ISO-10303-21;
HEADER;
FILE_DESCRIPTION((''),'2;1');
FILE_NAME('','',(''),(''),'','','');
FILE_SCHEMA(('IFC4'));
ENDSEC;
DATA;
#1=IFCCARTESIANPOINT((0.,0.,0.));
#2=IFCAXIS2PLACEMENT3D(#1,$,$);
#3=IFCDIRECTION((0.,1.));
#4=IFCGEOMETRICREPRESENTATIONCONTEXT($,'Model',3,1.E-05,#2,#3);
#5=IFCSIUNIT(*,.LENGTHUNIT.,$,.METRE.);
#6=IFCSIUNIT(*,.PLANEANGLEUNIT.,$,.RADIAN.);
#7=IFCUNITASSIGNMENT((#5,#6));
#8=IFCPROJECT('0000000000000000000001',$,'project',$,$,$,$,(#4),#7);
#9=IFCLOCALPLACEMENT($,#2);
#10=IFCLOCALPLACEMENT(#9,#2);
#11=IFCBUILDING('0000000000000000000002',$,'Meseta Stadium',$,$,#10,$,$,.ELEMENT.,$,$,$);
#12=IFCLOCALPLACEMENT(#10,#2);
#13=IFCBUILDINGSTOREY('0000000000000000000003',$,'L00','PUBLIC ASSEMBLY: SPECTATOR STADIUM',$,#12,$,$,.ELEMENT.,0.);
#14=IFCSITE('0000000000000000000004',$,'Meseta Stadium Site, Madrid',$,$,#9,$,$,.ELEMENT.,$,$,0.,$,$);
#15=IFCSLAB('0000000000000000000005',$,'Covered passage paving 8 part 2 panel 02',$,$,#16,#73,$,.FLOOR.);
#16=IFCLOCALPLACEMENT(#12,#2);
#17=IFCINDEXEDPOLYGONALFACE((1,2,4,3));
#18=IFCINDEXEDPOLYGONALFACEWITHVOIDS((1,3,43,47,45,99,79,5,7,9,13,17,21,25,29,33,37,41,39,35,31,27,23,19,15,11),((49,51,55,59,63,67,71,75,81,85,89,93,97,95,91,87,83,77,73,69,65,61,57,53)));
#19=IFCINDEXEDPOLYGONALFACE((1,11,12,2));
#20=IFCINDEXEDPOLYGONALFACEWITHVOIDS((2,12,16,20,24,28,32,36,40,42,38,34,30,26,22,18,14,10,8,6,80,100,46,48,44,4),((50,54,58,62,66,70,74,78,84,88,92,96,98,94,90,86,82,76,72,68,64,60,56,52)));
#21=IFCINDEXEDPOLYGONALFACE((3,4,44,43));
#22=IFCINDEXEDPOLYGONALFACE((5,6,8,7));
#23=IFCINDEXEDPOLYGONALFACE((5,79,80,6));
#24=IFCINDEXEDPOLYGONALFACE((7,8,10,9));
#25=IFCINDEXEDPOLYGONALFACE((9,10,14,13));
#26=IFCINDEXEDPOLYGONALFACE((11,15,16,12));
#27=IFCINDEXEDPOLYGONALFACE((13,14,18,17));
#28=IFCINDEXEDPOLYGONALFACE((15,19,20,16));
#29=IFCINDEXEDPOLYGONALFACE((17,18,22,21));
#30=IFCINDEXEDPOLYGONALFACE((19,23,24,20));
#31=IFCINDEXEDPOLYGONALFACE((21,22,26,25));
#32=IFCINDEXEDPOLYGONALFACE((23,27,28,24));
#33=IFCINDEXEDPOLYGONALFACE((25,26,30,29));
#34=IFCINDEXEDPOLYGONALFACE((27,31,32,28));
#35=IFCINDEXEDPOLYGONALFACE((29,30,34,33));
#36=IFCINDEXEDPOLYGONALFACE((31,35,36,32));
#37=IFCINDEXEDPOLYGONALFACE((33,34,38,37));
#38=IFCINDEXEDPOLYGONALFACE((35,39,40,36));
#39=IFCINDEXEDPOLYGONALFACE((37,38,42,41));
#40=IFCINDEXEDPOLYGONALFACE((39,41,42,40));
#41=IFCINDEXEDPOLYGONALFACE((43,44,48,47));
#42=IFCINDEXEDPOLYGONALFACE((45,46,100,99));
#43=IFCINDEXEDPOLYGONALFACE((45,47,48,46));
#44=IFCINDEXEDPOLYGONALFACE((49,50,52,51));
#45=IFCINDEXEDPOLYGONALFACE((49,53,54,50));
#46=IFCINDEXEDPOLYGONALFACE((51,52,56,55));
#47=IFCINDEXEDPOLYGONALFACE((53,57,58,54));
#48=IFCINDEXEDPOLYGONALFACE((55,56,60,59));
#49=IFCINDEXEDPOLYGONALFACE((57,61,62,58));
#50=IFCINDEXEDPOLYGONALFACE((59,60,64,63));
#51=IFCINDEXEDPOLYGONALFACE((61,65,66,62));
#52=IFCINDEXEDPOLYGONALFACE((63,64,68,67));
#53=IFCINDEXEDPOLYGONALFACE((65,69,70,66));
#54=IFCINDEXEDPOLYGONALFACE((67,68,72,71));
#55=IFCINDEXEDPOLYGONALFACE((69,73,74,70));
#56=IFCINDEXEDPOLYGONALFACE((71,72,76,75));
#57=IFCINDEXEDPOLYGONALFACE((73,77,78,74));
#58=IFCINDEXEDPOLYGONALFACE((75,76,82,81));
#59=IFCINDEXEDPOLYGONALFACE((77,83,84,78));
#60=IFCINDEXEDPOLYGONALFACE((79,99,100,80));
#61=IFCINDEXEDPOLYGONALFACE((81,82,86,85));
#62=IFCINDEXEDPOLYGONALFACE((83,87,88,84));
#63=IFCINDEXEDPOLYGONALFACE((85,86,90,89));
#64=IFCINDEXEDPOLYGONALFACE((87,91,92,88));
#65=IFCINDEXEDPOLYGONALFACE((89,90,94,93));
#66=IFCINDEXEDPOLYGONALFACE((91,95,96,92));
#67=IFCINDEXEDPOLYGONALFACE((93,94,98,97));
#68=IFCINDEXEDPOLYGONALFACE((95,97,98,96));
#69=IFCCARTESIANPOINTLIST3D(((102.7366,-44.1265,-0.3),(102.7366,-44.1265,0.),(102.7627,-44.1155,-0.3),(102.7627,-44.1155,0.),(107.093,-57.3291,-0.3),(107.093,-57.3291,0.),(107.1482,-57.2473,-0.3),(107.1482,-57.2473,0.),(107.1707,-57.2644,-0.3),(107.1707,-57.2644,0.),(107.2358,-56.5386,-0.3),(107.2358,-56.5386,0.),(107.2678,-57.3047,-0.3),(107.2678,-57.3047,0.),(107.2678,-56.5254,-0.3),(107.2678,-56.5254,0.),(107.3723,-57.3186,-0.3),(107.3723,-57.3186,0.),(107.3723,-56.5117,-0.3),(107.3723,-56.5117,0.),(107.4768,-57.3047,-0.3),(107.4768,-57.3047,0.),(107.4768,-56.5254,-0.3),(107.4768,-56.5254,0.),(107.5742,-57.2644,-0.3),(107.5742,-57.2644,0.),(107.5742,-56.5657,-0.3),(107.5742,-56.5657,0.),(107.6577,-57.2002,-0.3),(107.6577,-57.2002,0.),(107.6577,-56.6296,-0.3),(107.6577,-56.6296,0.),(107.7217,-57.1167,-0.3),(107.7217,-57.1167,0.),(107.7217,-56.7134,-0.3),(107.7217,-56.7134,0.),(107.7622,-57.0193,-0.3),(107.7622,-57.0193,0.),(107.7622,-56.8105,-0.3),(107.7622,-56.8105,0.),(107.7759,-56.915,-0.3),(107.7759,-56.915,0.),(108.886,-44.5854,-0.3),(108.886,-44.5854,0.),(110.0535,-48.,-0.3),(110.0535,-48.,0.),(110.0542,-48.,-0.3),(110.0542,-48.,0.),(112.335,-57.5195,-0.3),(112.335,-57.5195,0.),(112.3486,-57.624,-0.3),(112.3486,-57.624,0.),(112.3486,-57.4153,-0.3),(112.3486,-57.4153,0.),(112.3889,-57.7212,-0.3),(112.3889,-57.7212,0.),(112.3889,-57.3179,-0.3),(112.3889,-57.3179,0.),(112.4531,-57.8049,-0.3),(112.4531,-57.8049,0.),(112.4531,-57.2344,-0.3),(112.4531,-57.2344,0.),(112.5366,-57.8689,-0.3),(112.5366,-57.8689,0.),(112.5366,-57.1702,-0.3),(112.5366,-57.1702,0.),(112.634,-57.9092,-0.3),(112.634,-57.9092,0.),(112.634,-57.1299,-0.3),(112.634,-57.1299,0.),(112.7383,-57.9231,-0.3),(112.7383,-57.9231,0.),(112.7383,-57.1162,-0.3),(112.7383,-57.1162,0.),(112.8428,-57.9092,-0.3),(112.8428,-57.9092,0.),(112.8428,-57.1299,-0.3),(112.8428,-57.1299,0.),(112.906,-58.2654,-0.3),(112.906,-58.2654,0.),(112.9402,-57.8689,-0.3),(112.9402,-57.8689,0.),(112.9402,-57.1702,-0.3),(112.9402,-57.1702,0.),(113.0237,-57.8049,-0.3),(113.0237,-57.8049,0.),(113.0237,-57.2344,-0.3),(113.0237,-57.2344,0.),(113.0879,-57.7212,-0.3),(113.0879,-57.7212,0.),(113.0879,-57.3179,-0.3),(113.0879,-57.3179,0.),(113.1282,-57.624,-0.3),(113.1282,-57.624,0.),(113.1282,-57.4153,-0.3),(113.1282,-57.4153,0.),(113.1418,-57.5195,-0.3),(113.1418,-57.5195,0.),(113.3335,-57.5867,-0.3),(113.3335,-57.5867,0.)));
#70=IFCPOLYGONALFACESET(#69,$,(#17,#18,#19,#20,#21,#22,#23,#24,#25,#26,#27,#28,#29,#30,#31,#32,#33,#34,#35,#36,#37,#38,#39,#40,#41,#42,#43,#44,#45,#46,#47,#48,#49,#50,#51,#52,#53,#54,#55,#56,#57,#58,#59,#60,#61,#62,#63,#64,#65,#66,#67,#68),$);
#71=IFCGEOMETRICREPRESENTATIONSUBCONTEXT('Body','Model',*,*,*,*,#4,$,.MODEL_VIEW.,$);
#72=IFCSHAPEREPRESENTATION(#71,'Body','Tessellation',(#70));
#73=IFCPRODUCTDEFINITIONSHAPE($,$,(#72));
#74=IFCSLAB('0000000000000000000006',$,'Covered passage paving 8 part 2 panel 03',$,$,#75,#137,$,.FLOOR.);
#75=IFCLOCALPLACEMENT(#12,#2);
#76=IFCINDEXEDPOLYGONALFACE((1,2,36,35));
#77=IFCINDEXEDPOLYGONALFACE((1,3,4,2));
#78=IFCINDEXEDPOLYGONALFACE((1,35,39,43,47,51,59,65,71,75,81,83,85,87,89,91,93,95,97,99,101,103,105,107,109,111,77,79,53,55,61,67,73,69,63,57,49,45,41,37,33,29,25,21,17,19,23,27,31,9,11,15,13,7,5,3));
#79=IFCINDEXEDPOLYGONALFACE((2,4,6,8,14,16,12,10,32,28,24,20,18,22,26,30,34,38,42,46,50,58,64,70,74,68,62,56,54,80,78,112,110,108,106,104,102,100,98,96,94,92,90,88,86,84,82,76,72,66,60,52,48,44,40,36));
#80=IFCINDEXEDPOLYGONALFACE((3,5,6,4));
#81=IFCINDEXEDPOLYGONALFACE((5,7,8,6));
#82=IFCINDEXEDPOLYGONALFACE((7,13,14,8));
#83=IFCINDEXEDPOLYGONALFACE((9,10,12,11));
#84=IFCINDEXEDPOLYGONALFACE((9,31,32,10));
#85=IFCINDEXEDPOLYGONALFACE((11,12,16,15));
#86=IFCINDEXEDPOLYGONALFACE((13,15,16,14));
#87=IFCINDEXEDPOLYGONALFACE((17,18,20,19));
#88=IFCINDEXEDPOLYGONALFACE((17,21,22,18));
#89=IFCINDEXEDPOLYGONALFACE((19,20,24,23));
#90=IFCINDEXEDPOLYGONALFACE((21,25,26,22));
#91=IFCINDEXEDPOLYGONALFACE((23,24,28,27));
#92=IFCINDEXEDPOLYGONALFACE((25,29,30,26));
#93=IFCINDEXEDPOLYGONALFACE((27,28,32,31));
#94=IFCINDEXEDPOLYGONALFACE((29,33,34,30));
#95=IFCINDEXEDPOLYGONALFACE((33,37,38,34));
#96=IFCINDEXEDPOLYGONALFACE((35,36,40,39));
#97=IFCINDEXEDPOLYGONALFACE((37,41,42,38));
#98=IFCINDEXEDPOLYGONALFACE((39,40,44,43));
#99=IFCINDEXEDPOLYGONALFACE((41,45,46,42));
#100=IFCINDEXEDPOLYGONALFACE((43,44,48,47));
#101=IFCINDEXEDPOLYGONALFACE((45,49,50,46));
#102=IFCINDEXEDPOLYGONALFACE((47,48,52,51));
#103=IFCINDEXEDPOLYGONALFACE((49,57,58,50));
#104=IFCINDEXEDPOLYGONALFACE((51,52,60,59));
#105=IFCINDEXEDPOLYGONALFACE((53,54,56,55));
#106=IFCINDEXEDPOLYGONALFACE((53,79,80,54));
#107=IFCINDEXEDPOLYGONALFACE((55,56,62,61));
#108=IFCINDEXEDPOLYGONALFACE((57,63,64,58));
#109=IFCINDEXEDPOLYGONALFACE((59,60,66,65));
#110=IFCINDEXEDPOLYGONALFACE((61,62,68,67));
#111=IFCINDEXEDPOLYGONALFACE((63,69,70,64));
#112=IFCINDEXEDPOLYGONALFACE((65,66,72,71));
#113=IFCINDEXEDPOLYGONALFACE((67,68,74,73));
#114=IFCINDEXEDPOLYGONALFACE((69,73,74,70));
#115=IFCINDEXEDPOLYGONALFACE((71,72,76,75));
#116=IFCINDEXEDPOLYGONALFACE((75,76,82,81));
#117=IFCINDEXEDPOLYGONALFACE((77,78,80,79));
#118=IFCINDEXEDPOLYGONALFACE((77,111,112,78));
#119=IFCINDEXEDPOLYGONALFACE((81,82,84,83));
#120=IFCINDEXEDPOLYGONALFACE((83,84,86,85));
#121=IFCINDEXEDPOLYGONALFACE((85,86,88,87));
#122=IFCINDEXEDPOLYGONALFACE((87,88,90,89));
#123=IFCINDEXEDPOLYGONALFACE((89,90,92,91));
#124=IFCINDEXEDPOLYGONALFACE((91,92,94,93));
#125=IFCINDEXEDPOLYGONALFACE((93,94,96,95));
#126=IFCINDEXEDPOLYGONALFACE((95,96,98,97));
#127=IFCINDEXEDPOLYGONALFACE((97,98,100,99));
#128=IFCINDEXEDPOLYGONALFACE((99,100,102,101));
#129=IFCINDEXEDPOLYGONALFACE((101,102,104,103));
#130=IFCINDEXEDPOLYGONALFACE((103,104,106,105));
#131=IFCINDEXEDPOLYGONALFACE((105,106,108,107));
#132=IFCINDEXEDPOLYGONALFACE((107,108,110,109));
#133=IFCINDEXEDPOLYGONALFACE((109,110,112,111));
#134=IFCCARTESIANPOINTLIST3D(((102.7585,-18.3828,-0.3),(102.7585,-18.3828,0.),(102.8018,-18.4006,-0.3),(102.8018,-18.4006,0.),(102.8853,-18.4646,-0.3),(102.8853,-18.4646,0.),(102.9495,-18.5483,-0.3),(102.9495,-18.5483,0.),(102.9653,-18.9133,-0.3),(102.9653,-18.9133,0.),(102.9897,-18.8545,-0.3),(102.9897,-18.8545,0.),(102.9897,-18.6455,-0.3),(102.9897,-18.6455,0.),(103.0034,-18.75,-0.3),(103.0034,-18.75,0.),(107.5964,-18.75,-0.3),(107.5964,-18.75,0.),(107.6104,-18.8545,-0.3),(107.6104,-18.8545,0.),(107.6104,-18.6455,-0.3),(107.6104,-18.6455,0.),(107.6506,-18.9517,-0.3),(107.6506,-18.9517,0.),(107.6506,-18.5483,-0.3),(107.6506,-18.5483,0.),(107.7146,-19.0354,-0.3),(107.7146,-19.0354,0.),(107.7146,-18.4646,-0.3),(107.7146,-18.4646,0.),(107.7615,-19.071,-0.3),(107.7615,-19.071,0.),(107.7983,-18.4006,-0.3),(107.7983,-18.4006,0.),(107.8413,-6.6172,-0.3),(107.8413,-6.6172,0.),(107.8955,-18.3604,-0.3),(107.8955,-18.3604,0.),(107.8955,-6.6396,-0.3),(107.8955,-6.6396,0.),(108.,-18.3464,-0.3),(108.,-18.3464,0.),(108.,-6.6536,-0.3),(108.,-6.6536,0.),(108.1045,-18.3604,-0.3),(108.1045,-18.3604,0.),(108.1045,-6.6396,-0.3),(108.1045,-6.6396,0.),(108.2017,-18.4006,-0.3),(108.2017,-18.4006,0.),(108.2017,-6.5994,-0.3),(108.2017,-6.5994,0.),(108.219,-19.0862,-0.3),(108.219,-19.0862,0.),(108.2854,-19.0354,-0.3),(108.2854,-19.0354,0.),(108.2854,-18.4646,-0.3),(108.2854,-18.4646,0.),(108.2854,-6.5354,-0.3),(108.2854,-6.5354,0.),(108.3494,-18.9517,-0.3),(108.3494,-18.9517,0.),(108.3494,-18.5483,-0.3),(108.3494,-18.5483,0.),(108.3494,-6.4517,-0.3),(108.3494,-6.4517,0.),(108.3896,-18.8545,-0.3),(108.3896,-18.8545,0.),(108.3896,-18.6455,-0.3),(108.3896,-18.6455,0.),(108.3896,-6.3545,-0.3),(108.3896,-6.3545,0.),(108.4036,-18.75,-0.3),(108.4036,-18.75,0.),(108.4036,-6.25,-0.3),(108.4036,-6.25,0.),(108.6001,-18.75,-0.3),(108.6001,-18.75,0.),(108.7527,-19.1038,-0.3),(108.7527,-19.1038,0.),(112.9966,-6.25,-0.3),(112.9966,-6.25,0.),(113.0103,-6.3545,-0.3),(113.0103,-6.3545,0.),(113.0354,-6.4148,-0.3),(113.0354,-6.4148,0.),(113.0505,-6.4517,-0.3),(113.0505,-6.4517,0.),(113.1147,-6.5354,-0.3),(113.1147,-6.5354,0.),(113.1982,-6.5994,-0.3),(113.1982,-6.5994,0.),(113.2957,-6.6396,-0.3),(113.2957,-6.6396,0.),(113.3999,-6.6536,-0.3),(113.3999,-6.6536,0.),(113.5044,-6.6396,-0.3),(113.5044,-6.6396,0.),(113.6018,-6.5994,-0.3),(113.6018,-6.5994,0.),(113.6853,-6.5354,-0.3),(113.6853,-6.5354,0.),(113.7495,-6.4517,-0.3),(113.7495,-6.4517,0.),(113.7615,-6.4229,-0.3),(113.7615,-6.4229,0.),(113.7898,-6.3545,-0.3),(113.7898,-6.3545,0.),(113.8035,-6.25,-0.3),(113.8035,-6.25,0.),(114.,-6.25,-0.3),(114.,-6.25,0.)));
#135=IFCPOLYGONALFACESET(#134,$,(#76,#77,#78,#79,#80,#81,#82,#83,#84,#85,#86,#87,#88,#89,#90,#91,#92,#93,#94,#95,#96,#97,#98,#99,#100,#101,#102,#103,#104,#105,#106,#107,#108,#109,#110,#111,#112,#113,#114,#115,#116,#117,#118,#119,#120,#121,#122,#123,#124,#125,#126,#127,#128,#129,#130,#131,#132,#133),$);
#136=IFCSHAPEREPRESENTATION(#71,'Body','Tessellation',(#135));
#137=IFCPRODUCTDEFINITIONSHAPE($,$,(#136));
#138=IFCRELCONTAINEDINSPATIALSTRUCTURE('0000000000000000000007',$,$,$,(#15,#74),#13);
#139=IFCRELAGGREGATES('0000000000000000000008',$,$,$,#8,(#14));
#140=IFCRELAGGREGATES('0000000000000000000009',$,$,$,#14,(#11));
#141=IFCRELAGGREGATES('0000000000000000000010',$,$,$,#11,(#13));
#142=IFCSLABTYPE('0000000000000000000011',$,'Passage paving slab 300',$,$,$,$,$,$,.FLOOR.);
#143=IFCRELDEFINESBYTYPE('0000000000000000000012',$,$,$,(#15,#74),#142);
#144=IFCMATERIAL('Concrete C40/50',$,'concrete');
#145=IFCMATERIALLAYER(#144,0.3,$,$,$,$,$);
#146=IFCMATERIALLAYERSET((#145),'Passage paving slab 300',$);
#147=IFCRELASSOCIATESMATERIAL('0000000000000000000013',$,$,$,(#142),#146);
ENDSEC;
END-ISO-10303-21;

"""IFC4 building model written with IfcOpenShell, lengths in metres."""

from ifc_helpers import new_model, si_unit, direction, frame, origin, place, context, subcontext, project, spatial, polyline, outline, extrude, material, layer, layer_set, type_object, element, save


model = new_model("IFC4")

# Units and contexts
model_context = context("Model", 3, precision=1e-05, world=origin(), true_north=direction((0.0, 1.0)))
body_context = subcontext(model_context, "Body", "Model", "MODEL_VIEW")
ifc_project = project(units=[si_unit("LENGTHUNIT", "METRE"), si_unit("PLANEANGLEUNIT", "RADIAN")], contexts=[model_context])

# Site, building, storey
site_placement = place(None, origin())
site = spatial("IfcSite", under=ifc_project, at=site_placement, Name="Meseta Stadium Site, Madrid", CompositionType="ELEMENT", RefElevation=0.0)
building_placement = place(site_placement, origin())
building = spatial("IfcBuilding", under=site, at=building_placement, Name="Meseta Stadium", CompositionType="ELEMENT")
storey_placement = place(building_placement, origin())
storey = spatial("IfcBuildingStorey", under=building, at=storey_placement, Name="L00", Description="PUBLIC ASSEMBLY: SPECTATOR STADIUM", CompositionType="ELEMENT", Elevation=0.0)

# Slabs
ifc_material_1 = material(Name="Concrete C40/50", Category="concrete")
ifc_layer_1 = layer(ifc_material_1, 0.3)
ifc_layer_set_1 = layer_set([ifc_layer_1], Name="Passage paving slab 300")
slab_type_1 = type_object("IfcSlabType", Name="Passage paving slab 300", PredefinedType="FLOOR", material=ifc_layer_set_1)
slab_1_placement = place(storey_placement, frame((0.0, 0.0, -0.3)))
element("IfcSlab", 1, at=slab_1_placement, inside=storey, type_object=slab_type_1, Name="Covered passage paving 8 part 2 panel 02", PredefinedType="FLOOR", context=body_context, shape_type="SweptSolid", body=[
    extrude(outline(polyline([(107.093, -57.3291), (112.906, -58.2654), (113.3335, -57.5867), (110.0535, -48.0), (110.0542, -48.0), (108.886, -44.5854), (102.7627, -44.1155), (102.7366, -44.1265), (107.2358, -56.5386), (107.2678, -56.5254), (107.3723, -56.5117), (107.4768, -56.5254), (107.5742, -56.5657), (107.6577, -56.6296), (107.7217, -56.7134), (107.7622, -56.8105), (107.7759, -56.915), (107.7622, -57.0193), (107.7217, -57.1167), (107.6577, -57.2002), (107.5742, -57.2644), (107.4768, -57.3047), (107.3723, -57.3186), (107.2678, -57.3047), (107.1707, -57.2644), (107.1482, -57.2473), (107.093, -57.3291)]), holes=[polyline([(112.8428, -57.9092), (112.7383, -57.9231), (112.634, -57.9092), (112.5366, -57.8689), (112.4531, -57.8049), (112.3889, -57.7212), (112.3486, -57.624), (112.335, -57.5195), (112.3486, -57.4153), (112.3889, -57.3179), (112.4531, -57.2344), (112.5366, -57.1702), (112.634, -57.1299), (112.7383, -57.1162), (112.8428, -57.1299), (112.9402, -57.1702), (113.0237, -57.2344), (113.0879, -57.3179), (113.1282, -57.4153), (113.1418, -57.5195), (113.1282, -57.624), (113.0879, -57.7212), (113.0237, -57.8049), (112.9402, -57.8689), (112.8428, -57.9092)])]), origin(), (0.0, 0.0, 1.0), 0.3),
])
slab_2_placement = place(storey_placement, frame((0.0, 0.0, -0.3)))
element("IfcSlab", 2, at=slab_2_placement, inside=storey, type_object=slab_type_1, Name="Covered passage paving 8 part 2 panel 03", PredefinedType="FLOOR", context=body_context, shape_type="SweptSolid", body=[
    extrude(outline(polyline([(108.6001, -18.75), (114.0, -6.25), (113.8035, -6.25), (113.7898, -6.3545), (113.7615, -6.4229), (113.7495, -6.4517), (113.6853, -6.5354), (113.6018, -6.5994), (113.5044, -6.6396), (113.3999, -6.6536), (113.2957, -6.6396), (113.1982, -6.5994), (113.1147, -6.5354), (113.0505, -6.4517), (113.0354, -6.4148), (113.0103, -6.3545), (112.9966, -6.25), (108.4036, -6.25), (108.3896, -6.3545), (108.3494, -6.4517), (108.2854, -6.5354), (108.2017, -6.5994), (108.1045, -6.6396), (108.0, -6.6536), (107.8955, -6.6396), (107.8413, -6.6172), (102.7585, -18.3828), (102.8018, -18.4006), (102.8853, -18.4646), (102.9495, -18.5483), (102.9897, -18.6455), (103.0034, -18.75), (102.9897, -18.8545), (102.9653, -18.9133), (107.7615, -19.071), (107.7146, -19.0354), (107.6506, -18.9517), (107.6104, -18.8545), (107.5964, -18.75), (107.6104, -18.6455), (107.6506, -18.5483), (107.7146, -18.4646), (107.7983, -18.4006), (107.8955, -18.3604), (108.0, -18.3464), (108.1045, -18.3604), (108.2017, -18.4006), (108.2854, -18.4646), (108.3494, -18.5483), (108.3896, -18.6455), (108.4036, -18.75), (108.3896, -18.8545), (108.3494, -18.9517), (108.2854, -19.0354), (108.219, -19.0862), (108.7527, -19.1038), (108.6001, -18.75)])), origin(), (0.0, 0.0, 1.0), 0.3),
])

save(model, "model.ifc")
